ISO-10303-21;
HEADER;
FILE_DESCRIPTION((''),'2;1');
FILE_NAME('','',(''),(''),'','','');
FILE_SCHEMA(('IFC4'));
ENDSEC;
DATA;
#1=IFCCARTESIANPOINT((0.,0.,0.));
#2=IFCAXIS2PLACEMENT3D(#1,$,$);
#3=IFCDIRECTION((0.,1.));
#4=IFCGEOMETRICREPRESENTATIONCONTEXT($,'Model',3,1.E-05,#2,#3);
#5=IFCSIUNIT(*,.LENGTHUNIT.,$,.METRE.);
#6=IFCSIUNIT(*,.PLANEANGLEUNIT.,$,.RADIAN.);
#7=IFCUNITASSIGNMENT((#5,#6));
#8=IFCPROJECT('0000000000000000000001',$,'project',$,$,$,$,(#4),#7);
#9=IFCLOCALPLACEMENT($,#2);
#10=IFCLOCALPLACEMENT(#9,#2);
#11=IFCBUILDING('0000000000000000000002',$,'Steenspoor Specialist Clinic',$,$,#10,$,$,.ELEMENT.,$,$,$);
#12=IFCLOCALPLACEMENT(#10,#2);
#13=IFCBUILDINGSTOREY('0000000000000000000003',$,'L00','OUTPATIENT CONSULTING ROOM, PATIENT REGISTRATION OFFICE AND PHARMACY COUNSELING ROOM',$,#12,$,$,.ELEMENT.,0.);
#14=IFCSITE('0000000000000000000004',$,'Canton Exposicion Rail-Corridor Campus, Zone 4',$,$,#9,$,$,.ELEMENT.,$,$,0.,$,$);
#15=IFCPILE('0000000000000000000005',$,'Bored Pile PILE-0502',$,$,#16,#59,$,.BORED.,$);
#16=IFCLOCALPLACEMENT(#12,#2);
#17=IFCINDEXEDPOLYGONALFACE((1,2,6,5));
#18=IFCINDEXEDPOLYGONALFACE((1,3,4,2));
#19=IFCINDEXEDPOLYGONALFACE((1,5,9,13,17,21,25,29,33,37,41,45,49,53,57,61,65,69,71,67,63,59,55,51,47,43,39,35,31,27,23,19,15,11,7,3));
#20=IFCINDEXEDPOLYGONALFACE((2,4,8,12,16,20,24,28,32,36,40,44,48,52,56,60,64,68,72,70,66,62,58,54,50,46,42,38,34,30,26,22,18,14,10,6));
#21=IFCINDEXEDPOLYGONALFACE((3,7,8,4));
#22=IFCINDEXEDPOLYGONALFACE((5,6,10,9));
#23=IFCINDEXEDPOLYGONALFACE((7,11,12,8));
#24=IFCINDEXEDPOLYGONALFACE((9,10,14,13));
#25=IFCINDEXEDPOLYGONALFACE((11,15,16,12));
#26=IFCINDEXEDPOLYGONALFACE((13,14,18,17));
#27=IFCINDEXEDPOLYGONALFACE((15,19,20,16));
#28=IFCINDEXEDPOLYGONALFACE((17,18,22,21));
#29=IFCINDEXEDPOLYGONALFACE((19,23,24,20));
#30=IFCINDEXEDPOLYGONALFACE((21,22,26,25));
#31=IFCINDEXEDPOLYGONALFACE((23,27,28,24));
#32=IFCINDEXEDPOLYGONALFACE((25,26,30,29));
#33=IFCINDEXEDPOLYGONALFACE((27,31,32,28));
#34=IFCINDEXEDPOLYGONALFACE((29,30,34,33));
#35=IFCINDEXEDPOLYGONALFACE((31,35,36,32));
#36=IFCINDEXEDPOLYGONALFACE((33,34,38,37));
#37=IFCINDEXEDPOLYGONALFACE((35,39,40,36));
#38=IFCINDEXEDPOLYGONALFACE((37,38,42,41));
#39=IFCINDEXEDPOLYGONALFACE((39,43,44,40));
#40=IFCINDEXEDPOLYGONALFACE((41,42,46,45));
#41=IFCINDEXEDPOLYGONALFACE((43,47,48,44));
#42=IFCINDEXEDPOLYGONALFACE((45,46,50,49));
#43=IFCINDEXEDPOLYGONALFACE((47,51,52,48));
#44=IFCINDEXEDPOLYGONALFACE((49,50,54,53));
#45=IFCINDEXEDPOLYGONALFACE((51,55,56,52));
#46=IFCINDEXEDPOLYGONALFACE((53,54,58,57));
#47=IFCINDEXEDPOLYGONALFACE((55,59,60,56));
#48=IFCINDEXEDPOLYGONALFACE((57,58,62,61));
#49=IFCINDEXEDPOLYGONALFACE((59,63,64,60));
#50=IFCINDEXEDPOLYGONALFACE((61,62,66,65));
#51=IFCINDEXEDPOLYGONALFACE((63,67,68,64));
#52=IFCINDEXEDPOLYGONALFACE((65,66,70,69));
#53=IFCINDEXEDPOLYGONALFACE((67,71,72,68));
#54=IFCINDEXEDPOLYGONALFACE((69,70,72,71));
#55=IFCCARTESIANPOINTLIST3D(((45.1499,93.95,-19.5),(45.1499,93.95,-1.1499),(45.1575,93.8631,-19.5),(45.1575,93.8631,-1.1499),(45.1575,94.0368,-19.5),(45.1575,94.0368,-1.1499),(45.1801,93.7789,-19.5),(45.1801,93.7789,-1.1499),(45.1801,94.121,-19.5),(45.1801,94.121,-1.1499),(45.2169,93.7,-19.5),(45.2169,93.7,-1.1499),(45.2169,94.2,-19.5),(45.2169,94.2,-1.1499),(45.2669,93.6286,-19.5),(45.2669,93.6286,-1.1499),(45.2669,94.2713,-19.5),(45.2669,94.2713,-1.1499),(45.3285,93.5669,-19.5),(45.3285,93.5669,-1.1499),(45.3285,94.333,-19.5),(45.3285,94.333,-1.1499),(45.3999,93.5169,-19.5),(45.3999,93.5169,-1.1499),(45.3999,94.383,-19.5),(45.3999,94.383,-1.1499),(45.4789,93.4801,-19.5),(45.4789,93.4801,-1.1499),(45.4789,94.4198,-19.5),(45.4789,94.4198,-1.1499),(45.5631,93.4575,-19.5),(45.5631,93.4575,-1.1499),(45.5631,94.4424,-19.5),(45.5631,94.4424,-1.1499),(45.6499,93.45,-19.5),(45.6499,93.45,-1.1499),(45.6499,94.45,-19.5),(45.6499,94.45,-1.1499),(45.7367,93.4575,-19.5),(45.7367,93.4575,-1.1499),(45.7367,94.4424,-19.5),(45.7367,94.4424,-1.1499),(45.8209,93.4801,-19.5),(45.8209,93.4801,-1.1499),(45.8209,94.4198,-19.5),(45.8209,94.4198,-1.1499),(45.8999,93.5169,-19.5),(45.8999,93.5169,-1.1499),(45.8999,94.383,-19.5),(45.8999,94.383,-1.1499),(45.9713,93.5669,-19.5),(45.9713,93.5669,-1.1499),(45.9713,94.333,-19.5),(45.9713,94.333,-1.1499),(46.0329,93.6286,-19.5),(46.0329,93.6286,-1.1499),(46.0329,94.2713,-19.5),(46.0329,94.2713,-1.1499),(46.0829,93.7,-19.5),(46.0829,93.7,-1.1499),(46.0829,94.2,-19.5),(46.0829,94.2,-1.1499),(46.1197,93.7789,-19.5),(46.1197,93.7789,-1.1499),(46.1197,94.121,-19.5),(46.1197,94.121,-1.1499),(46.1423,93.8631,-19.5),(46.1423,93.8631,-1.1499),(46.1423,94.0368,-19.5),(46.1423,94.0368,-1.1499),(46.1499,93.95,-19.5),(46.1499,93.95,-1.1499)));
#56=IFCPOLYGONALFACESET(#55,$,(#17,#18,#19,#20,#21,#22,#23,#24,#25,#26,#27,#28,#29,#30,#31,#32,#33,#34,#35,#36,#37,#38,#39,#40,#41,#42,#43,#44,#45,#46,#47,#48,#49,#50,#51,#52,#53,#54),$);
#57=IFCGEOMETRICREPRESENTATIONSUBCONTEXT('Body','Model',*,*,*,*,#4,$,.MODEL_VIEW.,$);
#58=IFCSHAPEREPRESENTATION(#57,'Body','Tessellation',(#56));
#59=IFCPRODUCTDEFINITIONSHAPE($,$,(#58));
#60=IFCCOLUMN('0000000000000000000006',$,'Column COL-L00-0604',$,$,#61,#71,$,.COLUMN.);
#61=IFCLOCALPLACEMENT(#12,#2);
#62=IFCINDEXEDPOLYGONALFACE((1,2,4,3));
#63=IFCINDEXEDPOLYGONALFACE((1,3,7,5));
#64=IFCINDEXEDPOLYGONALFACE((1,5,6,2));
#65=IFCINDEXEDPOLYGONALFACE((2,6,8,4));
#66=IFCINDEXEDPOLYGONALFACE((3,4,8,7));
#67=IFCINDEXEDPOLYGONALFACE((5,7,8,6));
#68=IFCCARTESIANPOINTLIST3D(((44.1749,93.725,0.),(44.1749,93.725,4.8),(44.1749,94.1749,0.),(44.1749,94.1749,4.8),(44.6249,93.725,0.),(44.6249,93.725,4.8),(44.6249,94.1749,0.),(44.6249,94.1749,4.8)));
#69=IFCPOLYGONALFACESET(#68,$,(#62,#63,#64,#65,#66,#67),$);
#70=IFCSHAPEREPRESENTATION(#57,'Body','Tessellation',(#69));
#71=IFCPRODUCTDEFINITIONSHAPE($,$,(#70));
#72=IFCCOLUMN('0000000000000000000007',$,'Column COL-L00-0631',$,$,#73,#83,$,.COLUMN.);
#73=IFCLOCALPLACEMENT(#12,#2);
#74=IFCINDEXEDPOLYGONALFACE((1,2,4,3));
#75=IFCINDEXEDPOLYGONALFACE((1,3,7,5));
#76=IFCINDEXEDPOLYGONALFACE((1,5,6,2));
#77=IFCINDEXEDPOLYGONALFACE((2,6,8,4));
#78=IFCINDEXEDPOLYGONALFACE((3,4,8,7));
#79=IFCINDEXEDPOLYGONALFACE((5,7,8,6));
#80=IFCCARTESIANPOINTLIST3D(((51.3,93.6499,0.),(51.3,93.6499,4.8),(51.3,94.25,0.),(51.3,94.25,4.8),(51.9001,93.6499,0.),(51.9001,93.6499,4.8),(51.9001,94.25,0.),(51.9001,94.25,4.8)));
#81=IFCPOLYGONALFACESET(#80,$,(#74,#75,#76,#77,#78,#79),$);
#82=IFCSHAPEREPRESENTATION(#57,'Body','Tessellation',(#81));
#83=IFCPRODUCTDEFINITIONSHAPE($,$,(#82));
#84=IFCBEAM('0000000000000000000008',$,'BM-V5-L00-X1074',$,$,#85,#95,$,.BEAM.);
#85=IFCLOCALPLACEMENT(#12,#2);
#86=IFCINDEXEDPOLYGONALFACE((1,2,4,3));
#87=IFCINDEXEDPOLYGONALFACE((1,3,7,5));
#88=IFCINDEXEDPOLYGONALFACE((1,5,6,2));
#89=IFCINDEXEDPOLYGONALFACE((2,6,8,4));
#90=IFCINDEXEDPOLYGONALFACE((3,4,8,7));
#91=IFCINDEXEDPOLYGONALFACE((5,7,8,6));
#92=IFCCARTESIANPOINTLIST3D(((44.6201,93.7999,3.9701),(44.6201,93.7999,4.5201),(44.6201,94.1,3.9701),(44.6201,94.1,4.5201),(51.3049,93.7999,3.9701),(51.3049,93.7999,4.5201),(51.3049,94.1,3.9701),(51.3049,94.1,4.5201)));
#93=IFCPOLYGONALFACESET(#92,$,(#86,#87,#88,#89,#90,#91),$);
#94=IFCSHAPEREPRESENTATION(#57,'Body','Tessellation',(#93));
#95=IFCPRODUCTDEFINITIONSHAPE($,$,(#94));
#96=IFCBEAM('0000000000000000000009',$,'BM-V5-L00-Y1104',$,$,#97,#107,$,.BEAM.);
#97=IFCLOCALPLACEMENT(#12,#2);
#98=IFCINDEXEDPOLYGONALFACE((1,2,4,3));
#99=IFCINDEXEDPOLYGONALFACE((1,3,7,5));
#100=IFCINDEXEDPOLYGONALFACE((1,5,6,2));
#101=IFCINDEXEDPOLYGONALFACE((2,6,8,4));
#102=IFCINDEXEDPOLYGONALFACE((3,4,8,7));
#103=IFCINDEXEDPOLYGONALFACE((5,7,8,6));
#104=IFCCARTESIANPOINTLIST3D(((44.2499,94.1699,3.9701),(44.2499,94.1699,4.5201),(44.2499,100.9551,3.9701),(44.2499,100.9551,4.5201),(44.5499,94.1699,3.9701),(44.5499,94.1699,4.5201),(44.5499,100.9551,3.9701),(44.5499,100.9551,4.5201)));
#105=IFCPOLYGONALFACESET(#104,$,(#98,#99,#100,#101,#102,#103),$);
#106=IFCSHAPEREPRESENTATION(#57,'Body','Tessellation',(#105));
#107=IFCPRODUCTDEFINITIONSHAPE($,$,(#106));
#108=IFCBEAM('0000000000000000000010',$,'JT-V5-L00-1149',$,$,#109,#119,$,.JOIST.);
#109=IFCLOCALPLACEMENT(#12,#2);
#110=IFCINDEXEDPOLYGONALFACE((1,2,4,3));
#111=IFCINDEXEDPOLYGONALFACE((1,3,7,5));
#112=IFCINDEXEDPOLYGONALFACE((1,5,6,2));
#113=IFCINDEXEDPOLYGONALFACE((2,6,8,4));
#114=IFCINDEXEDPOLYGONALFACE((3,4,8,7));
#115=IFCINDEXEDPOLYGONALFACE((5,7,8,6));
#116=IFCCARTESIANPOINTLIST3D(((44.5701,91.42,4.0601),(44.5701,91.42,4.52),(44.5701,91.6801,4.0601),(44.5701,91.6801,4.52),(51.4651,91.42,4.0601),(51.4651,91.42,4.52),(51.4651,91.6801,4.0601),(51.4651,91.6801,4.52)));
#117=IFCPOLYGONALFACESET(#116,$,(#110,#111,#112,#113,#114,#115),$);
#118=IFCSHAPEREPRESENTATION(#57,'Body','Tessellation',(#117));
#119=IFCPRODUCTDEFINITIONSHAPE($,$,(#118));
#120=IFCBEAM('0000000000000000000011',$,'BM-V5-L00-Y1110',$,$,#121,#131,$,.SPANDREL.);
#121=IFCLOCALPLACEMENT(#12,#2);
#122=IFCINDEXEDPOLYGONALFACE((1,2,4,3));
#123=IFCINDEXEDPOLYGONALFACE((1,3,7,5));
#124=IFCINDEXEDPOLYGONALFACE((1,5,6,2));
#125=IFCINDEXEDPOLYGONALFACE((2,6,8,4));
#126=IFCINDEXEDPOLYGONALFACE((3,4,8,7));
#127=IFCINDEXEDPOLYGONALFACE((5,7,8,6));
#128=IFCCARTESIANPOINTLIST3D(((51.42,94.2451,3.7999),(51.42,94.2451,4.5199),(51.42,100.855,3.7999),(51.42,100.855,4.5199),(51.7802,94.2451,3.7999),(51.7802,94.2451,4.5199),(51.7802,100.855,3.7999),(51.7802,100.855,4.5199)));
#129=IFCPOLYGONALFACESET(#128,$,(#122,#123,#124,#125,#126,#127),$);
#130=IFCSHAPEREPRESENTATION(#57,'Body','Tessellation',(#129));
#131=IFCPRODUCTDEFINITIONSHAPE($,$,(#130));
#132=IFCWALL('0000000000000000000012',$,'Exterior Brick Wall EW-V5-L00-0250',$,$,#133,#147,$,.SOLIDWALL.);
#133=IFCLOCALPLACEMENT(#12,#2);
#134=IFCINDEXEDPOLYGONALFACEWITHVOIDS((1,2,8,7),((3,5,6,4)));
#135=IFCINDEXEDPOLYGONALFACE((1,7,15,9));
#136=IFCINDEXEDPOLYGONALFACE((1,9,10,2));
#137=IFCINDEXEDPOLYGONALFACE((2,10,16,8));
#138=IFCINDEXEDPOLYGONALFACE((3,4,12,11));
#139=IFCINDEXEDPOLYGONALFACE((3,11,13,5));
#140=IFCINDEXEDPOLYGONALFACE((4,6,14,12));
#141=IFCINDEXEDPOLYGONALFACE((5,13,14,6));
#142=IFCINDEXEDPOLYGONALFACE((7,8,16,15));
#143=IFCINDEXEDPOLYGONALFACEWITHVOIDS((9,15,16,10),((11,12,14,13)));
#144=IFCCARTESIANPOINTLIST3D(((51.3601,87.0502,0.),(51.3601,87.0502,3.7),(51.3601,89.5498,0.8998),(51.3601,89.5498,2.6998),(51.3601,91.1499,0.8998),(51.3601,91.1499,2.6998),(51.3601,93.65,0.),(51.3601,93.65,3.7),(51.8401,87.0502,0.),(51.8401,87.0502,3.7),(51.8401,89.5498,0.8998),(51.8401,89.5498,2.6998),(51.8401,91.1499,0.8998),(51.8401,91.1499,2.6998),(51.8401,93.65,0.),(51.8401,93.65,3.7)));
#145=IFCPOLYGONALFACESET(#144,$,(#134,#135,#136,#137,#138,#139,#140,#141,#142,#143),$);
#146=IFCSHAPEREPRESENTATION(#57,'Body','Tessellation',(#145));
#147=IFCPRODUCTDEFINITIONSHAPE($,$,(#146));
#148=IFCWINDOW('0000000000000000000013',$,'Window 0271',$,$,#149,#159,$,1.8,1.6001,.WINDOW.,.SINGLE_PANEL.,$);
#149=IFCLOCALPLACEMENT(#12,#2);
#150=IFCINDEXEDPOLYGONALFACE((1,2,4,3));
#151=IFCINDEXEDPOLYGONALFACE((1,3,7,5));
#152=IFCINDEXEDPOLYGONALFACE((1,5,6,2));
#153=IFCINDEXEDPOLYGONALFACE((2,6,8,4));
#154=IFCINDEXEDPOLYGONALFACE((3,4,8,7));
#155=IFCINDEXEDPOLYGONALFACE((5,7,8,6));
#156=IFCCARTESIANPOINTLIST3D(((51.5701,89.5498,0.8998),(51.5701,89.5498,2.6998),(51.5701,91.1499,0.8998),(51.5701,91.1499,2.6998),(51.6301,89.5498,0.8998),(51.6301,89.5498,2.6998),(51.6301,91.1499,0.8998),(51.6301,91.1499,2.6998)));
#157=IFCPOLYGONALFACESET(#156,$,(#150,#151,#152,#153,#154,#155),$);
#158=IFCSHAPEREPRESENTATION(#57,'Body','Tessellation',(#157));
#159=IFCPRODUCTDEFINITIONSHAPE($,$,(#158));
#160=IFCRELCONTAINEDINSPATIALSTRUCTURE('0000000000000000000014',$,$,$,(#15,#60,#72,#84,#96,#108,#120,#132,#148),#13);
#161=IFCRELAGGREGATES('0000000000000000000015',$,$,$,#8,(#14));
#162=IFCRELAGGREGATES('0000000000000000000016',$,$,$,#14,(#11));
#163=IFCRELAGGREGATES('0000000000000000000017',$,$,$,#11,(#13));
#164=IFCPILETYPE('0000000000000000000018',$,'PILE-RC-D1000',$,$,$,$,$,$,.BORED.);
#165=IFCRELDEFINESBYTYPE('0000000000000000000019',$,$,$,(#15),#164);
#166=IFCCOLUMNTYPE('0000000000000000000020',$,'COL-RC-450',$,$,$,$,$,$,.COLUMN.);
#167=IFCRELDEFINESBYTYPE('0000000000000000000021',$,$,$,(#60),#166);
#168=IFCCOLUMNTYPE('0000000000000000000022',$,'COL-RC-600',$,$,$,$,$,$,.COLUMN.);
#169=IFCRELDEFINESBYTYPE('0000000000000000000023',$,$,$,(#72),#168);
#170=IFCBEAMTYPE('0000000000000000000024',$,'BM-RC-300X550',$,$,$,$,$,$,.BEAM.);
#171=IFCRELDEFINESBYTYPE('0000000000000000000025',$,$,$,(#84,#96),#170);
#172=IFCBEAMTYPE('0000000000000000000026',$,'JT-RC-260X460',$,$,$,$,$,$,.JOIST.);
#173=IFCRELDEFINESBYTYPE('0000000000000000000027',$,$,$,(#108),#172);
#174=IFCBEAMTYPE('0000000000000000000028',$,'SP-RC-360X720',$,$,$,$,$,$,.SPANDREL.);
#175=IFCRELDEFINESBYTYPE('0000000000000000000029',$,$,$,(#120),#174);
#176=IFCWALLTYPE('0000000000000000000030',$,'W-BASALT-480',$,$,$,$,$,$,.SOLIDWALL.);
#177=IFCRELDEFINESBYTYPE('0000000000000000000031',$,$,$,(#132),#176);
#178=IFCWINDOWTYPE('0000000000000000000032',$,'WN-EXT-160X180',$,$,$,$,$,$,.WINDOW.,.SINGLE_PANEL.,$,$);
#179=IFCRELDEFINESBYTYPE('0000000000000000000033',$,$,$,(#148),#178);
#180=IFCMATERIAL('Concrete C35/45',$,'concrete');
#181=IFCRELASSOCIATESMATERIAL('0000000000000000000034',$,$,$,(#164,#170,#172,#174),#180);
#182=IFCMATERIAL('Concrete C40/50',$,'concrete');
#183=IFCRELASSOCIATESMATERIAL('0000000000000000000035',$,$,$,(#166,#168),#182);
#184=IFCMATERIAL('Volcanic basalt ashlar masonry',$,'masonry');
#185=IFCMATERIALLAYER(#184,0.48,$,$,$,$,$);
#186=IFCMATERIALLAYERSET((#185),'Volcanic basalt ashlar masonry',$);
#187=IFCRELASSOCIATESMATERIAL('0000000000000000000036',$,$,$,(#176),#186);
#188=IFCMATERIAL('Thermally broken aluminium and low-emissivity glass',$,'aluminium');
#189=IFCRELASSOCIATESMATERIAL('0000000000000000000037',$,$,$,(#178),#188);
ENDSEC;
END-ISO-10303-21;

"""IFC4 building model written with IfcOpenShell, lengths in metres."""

from ifc_helpers import new_model, si_unit, direction, frame, frame_2d, origin, origin_2d, place, context, subcontext, project, spatial, rectangle, circle, extrude, material, layer, layer_set, material_profile, profile_set, type_object, element, fill, save


model = new_model("IFC4")

# Units and contexts
model_context = context("Model", 3, precision=1e-05, world=origin(), true_north=direction((0.0, 1.0)))
body_context = subcontext(model_context, "Body", "Model", "MODEL_VIEW")
ifc_project = project(units=[si_unit("LENGTHUNIT", "METRE"), si_unit("PLANEANGLEUNIT", "RADIAN")], contexts=[model_context])

# Site, building, storey
site_placement = place(None, origin())
site = spatial("IfcSite", under=ifc_project, at=site_placement, Name="Canton Exposicion Rail-Corridor Campus, Zone 4", CompositionType="ELEMENT", RefElevation=0.0)
building_placement = place(site_placement, origin())
building = spatial("IfcBuilding", under=site, at=building_placement, Name="Steenspoor Specialist Clinic", CompositionType="ELEMENT")
storey_placement = place(building_placement, origin())
storey = spatial("IfcBuildingStorey", under=building, at=storey_placement, Name="L00", Description="OUTPATIENT CONSULTING ROOM, PATIENT REGISTRATION OFFICE AND PHARMACY COUNSELING ROOM", CompositionType="ELEMENT", Elevation=0.0)

# Shared definitions
ifc_material_1 = material(Name="Concrete C35/45", Category="concrete")

# Pile
ifc_material_profile_1 = material_profile(ifc_material_1, circle(Radius=0.5, at=origin_2d()), Name="PILE-D1000")
ifc_profile_set_1 = profile_set([ifc_material_profile_1], Name="Concrete C35/45")
pile_type = type_object("IfcPileType", Name="PILE-RC-D1000", PredefinedType="BORED", material=ifc_profile_set_1)
for number, where, z_axis, x_axis, name in (
    (1, (45.6499, 93.95, -1.1499), (0.0, 0.0, -1.0), (1.0, 0.0, 0.0), "Bored Pile PILE-0502"),
):
    element("IfcPile", number, at=place(storey_placement, frame(where, z_axis=z_axis, x_axis=x_axis)), inside=storey, type_object=pile_type, Name=name, PredefinedType="BORED", context=body_context, shape_type="SweptSolid", body=[
        extrude(circle(Radius=0.5, at=origin_2d()), origin(), (0.0, 0.0, 1.0), 18.3501),
    ])

# Columns
ifc_material_2 = material(Name="Concrete C40/50", Category="concrete")
ifc_material_profile_2 = material_profile(ifc_material_2, rectangle(XDim=0.45, YDim=0.45, at=origin_2d()), Name="RC-COL-450X450")
ifc_profile_set_2 = profile_set([ifc_material_profile_2], Name="Concrete C40/50")
column_type_1 = type_object("IfcColumnType", Name="COL-RC-450", PredefinedType="COLUMN", material=ifc_profile_set_2)
column_1_placement = place(storey_placement, frame((44.3999, 93.95, 0.0), z_axis=(0.0, 0.0, 1.0), x_axis=(1.0, 0.0, 0.0)))
element("IfcColumn", 2, at=column_1_placement, inside=storey, type_object=column_type_1, Name="Column COL-L00-0604", PredefinedType="COLUMN", context=body_context, shape_type="SweptSolid", body=[
    extrude(rectangle(XDim=0.45, YDim=0.45, at=origin_2d()), origin(), (0.0, 0.0, 1.0), 4.8),
])
ifc_material_profile_3 = material_profile(ifc_material_2, rectangle(XDim=0.6001, YDim=0.6001, at=origin_2d()), Name="RC-COL-600X600")
ifc_profile_set_3 = profile_set([ifc_material_profile_3], Name="Concrete C40/50")
column_type_2 = type_object("IfcColumnType", Name="COL-RC-600", PredefinedType="COLUMN", material=ifc_profile_set_3)
column_2_placement = place(storey_placement, frame((51.6001, 93.95, 0.0), z_axis=(0.0, 0.0, 1.0), x_axis=(1.0, 0.0, 0.0)))
element("IfcColumn", 3, at=column_2_placement, inside=storey, type_object=column_type_2, Name="Column COL-L00-0631", PredefinedType="COLUMN", context=body_context, shape_type="SweptSolid", body=[
    extrude(rectangle(XDim=0.6001, YDim=0.6001, at=origin_2d()), origin(), (0.0, 0.0, 1.0), 4.8),
])

# Beams
ifc_material_profile_4 = material_profile(ifc_material_1, rectangle(XDim=0.3, YDim=0.55, at=origin_2d()), Name="RC-BM-300X550")
ifc_profile_set_4 = profile_set([ifc_material_profile_4], Name="Concrete C35/45")
beam_type_1 = type_object("IfcBeamType", Name="BM-RC-300X550", PredefinedType="BEAM", material=ifc_profile_set_4)
beam_1_placement = place(storey_placement, frame((44.6201, 93.95, 4.2451), z_axis=(1.0, 0.0, 0.0), x_axis=(0.0, 1.0, 0.0)))
element("IfcBeam", 4, at=beam_1_placement, inside=storey, type_object=beam_type_1, Name="BM-V5-L00-X1074", PredefinedType="BEAM", context=body_context, shape_type="SweptSolid", body=[
    extrude(rectangle(XDim=0.3, YDim=0.55, at=origin_2d()), origin(), (0.0, 0.0, 1.0), 6.6848),
])
beam_2_placement = place(storey_placement, frame((44.3999, 94.1699, 4.2451), z_axis=(0.0, 1.0, 0.0), x_axis=(-1.0, 0.0, 0.0)))
element("IfcBeam", 5, at=beam_2_placement, inside=storey, type_object=beam_type_1, Name="BM-V5-L00-Y1104", PredefinedType="BEAM", context=body_context, shape_type="SweptSolid", body=[
    extrude(rectangle(XDim=0.3, YDim=0.55, at=origin_2d()), origin(), (0.0, 0.0, 1.0), 6.7852),
])
ifc_material_profile_5 = material_profile(ifc_material_1, rectangle(XDim=0.26, YDim=0.46, at=origin_2d()), Name="RC-JT-260X460")
ifc_profile_set_5 = profile_set([ifc_material_profile_5], Name="Concrete C35/45")
beam_type_2 = type_object("IfcBeamType", Name="JT-RC-260X460", PredefinedType="JOIST", material=ifc_profile_set_5)
beam_3_placement = place(storey_placement, frame((44.5701, 91.55, 4.29), z_axis=(1.0, 0.0, 0.0), x_axis=(0.0, 1.0, 0.0)))
element("IfcBeam", 6, at=beam_3_placement, inside=storey, type_object=beam_type_2, Name="JT-V5-L00-1149", PredefinedType="JOIST", context=body_context, shape_type="SweptSolid", body=[
    extrude(rectangle(XDim=0.26, YDim=0.46, at=origin_2d()), origin(), (0.0, 0.0, 1.0), 6.895),
])
ifc_material_profile_6 = material_profile(ifc_material_1, rectangle(XDim=0.3601, YDim=0.72, at=origin_2d()), Name="RC-SP-360X720")
ifc_profile_set_6 = profile_set([ifc_material_profile_6], Name="Concrete C35/45")
beam_type_3 = type_object("IfcBeamType", Name="SP-RC-360X720", PredefinedType="SPANDREL", material=ifc_profile_set_6)
beam_4_placement = place(storey_placement, frame((51.6001, 94.2451, 4.1599), z_axis=(0.0, 1.0, 0.0), x_axis=(-1.0, 0.0, 0.0)))
element("IfcBeam", 7, at=beam_4_placement, inside=storey, type_object=beam_type_3, Name="BM-V5-L00-Y1110", PredefinedType="SPANDREL", context=body_context, shape_type="SweptSolid", body=[
    extrude(rectangle(XDim=0.3601, YDim=0.72, at=origin_2d()), origin(), (0.0, 0.0, 1.0), 6.6099),
])

# Wall, opening, window
ifc_material_3 = material(Name="Volcanic basalt ashlar masonry", Category="masonry")
ifc_layer_1 = layer(ifc_material_3, 0.48)
ifc_layer_set_1 = layer_set([ifc_layer_1], Name="Volcanic basalt ashlar masonry")
wall_type_1 = type_object("IfcWallType", Name="W-BASALT-480", PredefinedType="SOLIDWALL", material=ifc_layer_set_1)
wall_1_placement = place(storey_placement, frame((51.6001, 93.6499, 0.0), z_axis=(0.0, 0.0, 1.0), x_axis=(0.0, -1.0, 0.0)))
wall_1 = element("IfcWall", 8, at=wall_1_placement, inside=storey, type_object=wall_type_1, Name="Exterior Brick Wall EW-V5-L00-0250", PredefinedType="SOLIDWALL", context=body_context, shape_type="SweptSolid", body=[
    extrude(rectangle(XDim=6.5999, YDim=0.48, at=frame_2d((3.2998, 0.0))), origin(), (0.0, 0.0, 1.0), 3.7),
])
opening_1_placement = place(wall_1_placement, frame((2.5, 0.0, 0.8999)))
opening_1 = element("IfcOpeningElement", 9, at=opening_1_placement, cuts=wall_1, PredefinedType="OPENING", context=body_context, shape_type="SweptSolid", body=[
    extrude(rectangle(XDim=1.6001, YDim=1.8, at=frame_2d((0.8, 0.8999))), frame((0.0, 0.25, 0.0), z_axis=(0.0, -1.0, 0.0), x_axis=(1.0, 0.0, 0.0)), (0.0, 0.0, 1.0), 0.5),
])
ifc_material_4 = material(Name="Thermally broken aluminium and low-emissivity glass", Category="aluminium")
window_type = type_object("IfcWindowType", Name="WN-EXT-160X180", PartitioningType="SINGLE_PANEL", PredefinedType="WINDOW", material=ifc_material_4)
window_placement = place(opening_1_placement, origin())
window = element("IfcWindow", 10, at=window_placement, inside=storey, type_object=window_type, Name="Window 0271", OverallHeight=1.8, OverallWidth=1.6001, PartitioningType="SINGLE_PANEL", PredefinedType="WINDOW", context=body_context, shape_type="SweptSolid", body=[
    extrude(rectangle(XDim=1.6001, YDim=1.8, at=frame_2d((0.8, 0.8999))), frame((0.0, 0.03, 0.0), z_axis=(0.0, -1.0, 0.0), x_axis=(1.0, 0.0, 0.0)), (0.0, 0.0, 1.0), 0.0601),
])
fill(opening_1, window)

save(model, "model.ifc")
